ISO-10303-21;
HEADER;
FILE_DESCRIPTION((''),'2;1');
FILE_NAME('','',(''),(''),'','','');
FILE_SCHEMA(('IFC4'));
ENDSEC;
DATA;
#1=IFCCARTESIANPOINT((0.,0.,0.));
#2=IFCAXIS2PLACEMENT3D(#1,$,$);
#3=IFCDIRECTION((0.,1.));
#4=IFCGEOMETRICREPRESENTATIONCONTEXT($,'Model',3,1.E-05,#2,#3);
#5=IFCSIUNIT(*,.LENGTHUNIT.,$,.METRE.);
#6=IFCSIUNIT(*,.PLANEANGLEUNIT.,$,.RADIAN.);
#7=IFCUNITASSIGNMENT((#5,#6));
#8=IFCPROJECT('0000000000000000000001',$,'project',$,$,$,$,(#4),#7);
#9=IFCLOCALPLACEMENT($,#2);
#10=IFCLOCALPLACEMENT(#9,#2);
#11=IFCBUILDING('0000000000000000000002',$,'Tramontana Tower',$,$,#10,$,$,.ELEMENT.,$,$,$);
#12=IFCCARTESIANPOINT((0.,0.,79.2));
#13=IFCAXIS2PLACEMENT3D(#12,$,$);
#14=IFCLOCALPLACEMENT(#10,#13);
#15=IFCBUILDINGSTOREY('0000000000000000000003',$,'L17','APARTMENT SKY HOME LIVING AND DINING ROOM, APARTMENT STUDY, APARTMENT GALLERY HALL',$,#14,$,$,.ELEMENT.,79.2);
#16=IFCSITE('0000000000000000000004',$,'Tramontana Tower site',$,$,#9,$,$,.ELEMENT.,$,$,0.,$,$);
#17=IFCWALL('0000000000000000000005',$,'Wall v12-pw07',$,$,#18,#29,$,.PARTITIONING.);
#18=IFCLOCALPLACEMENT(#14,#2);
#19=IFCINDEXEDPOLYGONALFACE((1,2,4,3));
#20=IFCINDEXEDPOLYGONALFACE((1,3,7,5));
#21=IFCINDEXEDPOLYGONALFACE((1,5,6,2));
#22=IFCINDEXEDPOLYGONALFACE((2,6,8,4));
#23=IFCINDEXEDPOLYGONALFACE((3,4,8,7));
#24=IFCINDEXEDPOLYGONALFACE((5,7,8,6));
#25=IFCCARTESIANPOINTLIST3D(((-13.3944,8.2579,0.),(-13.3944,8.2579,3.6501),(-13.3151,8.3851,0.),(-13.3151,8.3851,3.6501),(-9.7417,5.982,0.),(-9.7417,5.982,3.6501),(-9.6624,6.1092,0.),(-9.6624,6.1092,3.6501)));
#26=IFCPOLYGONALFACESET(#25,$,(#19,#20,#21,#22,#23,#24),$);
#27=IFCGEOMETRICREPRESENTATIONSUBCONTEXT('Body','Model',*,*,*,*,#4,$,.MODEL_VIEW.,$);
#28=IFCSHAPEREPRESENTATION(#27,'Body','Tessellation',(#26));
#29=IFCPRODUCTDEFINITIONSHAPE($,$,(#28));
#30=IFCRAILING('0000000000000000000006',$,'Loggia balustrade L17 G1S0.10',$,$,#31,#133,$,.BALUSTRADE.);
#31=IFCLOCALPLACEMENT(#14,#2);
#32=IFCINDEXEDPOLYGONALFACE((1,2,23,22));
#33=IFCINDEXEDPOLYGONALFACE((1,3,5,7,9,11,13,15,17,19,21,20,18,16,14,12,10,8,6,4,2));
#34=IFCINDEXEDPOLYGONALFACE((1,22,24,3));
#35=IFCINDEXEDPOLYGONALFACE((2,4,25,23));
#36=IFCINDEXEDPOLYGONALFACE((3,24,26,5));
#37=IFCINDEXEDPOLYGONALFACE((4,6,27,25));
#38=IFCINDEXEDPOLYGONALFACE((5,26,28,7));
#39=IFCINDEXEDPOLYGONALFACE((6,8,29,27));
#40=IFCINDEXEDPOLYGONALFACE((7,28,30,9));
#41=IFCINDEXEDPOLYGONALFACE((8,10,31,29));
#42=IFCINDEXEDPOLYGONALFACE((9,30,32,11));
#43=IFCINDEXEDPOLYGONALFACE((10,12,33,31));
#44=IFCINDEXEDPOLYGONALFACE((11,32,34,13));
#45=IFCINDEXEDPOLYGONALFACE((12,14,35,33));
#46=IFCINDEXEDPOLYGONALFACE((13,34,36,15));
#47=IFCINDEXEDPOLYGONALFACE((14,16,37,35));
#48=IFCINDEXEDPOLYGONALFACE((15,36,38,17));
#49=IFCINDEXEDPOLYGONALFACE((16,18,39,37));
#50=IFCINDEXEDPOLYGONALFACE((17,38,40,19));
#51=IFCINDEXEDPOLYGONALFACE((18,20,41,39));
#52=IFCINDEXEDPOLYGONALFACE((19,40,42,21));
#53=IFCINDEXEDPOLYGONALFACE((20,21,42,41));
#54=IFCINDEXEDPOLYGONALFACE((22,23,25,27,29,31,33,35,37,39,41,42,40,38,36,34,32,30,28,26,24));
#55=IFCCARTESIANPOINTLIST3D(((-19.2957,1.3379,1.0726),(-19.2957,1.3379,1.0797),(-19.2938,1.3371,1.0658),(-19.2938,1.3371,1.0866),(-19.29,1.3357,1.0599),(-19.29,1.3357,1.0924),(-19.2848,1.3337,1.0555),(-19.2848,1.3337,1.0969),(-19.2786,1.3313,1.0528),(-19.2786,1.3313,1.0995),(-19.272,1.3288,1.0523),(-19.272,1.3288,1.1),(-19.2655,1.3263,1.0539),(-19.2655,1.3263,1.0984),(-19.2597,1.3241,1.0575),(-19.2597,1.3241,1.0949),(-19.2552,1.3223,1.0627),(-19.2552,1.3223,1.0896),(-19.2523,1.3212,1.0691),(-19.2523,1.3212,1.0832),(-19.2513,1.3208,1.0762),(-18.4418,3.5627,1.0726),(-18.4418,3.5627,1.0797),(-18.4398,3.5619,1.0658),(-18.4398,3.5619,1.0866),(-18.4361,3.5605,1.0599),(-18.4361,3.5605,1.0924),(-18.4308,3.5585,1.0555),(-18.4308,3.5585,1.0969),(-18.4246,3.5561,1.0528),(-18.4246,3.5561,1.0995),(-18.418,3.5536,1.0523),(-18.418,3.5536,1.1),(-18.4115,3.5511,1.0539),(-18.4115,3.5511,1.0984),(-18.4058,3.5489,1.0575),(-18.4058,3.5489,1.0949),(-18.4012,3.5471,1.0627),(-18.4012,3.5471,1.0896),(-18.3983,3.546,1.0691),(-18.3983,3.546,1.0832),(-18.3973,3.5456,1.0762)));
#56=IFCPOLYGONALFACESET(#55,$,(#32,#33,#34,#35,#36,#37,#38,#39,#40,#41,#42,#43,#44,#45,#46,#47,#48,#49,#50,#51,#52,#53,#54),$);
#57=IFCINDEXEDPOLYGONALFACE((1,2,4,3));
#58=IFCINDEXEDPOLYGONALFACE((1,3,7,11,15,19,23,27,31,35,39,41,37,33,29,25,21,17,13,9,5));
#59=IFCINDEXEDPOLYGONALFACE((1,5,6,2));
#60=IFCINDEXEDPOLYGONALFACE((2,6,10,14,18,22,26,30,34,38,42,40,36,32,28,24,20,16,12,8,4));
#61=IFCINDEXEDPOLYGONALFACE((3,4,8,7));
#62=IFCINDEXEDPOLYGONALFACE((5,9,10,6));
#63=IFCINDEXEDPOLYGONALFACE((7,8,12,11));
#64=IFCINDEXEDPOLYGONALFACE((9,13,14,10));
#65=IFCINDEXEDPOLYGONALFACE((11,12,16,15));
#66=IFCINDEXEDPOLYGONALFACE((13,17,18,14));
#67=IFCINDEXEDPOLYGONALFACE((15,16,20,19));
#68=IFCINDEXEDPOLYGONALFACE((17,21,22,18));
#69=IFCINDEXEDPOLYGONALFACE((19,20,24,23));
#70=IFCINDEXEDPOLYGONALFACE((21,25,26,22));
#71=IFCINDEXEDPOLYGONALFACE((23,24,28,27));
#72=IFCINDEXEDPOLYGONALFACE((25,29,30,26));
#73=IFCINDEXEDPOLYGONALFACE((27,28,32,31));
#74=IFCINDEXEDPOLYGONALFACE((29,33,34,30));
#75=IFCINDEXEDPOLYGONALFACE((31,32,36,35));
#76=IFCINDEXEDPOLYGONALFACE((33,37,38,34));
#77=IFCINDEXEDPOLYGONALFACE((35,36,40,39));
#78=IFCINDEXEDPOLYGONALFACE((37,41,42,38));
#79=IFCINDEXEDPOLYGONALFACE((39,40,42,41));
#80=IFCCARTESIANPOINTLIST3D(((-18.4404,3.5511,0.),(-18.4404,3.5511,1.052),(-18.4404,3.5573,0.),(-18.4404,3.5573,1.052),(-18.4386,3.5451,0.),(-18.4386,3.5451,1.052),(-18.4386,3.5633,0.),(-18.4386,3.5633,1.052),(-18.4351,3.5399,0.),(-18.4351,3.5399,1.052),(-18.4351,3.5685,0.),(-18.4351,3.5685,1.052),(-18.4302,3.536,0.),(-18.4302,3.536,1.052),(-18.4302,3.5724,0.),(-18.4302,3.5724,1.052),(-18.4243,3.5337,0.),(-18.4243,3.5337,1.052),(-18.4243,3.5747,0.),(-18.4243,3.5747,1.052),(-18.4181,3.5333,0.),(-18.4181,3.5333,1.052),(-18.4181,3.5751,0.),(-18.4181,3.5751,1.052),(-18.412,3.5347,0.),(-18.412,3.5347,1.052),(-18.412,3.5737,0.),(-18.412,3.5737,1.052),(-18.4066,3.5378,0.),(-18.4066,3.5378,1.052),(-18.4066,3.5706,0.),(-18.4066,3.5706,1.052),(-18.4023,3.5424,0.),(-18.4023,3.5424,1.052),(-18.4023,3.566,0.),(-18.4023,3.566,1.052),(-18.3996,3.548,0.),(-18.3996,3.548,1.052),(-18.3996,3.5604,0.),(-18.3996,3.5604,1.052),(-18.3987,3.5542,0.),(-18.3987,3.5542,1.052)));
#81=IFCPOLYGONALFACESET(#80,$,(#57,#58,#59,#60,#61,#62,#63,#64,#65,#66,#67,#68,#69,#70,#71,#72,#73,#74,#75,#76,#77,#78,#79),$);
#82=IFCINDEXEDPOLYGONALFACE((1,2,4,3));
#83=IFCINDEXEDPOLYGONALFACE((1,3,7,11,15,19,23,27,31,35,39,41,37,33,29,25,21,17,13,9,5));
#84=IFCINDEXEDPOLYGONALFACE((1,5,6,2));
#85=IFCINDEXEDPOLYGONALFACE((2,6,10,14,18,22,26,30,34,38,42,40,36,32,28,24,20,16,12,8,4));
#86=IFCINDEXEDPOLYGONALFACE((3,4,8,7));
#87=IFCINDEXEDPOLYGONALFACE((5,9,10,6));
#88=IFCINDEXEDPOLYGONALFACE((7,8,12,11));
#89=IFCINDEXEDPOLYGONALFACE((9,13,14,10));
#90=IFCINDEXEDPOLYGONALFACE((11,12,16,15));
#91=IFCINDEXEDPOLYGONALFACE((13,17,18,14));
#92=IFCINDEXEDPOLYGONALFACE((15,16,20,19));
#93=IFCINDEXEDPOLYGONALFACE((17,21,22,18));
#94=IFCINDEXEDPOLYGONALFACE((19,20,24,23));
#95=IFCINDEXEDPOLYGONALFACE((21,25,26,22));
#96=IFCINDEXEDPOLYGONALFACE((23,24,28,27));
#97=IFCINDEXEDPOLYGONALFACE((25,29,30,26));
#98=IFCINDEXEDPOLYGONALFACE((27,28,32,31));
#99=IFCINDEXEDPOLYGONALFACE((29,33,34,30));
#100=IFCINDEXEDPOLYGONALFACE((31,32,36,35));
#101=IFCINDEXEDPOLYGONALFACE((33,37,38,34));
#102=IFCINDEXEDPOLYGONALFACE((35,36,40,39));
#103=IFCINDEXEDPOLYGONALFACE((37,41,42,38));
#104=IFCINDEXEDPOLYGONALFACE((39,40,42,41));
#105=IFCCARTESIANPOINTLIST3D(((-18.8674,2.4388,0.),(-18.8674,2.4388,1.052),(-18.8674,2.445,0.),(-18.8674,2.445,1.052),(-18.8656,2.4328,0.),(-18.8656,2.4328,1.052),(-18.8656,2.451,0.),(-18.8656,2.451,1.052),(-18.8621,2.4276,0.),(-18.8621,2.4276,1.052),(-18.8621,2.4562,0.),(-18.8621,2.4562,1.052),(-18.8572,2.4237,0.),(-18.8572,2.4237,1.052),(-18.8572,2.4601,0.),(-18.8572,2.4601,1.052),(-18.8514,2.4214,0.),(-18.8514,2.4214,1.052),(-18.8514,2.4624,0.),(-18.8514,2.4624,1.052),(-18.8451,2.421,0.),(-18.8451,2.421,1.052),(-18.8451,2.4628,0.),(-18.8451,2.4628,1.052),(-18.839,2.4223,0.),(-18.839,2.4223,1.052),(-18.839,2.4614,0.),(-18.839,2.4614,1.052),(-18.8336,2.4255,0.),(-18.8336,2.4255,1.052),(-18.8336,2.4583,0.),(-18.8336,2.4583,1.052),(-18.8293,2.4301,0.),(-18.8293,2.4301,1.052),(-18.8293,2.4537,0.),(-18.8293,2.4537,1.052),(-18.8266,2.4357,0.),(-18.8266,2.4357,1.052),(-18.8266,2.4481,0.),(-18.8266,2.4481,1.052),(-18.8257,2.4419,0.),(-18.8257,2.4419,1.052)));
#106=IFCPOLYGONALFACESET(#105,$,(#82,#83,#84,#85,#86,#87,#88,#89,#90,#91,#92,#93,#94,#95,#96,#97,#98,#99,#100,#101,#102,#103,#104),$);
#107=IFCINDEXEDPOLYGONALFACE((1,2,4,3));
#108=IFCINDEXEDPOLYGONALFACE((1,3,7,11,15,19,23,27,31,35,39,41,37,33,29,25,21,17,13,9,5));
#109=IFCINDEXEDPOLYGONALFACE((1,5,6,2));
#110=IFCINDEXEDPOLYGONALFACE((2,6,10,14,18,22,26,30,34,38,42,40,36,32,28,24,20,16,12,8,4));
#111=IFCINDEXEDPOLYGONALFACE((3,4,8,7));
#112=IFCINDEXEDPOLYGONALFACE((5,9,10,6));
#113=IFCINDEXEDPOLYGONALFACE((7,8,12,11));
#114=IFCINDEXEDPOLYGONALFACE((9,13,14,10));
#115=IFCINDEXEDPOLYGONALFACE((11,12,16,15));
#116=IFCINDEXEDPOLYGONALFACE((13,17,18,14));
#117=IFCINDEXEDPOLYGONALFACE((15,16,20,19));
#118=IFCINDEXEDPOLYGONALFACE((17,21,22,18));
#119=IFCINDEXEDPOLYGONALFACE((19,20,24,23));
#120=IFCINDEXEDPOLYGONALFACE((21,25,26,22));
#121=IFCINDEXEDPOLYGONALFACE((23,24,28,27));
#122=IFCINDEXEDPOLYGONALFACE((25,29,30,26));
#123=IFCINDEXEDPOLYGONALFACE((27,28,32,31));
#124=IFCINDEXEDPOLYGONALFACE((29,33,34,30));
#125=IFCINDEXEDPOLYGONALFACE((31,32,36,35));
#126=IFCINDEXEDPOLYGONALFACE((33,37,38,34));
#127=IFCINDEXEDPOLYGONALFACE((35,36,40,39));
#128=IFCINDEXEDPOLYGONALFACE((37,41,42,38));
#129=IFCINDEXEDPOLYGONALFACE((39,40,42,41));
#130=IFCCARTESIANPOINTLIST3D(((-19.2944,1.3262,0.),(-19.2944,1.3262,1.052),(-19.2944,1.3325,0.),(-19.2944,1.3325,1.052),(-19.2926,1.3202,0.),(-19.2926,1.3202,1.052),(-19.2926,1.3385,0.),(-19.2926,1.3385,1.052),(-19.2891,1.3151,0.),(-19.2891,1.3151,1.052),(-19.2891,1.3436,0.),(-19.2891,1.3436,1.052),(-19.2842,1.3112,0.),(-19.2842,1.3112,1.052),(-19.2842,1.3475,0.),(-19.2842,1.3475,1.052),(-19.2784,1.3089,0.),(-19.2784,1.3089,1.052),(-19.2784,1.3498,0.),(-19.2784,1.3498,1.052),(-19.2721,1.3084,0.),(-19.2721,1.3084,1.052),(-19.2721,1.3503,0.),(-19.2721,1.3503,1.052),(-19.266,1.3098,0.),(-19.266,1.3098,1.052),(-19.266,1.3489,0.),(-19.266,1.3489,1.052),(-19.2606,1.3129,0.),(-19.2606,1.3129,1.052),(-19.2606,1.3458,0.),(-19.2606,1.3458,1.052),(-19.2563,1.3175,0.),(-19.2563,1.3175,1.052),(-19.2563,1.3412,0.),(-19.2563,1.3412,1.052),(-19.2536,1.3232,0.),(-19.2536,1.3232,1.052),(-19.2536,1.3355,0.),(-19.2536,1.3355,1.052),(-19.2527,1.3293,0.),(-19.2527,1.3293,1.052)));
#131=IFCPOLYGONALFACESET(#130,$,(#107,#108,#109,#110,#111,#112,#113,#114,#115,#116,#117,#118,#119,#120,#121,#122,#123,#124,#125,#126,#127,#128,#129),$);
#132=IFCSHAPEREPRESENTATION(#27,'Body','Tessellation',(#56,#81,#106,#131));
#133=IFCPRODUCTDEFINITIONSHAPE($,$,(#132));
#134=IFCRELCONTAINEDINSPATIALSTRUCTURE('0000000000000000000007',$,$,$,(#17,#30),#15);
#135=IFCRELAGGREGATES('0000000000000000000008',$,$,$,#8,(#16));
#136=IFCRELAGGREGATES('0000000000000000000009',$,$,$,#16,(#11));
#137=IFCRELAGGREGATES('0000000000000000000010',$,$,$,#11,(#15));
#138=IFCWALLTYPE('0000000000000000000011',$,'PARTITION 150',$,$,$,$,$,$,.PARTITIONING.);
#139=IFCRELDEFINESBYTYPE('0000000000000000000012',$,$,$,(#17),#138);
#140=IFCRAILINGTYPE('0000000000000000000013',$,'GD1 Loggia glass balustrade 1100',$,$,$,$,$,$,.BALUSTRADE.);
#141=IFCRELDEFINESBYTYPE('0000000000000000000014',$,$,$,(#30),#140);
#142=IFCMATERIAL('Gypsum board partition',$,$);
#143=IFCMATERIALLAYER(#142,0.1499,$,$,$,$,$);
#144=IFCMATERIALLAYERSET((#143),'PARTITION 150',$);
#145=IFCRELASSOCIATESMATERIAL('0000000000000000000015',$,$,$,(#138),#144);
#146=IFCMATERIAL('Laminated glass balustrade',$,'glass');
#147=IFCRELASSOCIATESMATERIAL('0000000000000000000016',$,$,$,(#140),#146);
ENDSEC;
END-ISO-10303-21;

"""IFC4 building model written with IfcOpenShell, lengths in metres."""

from ifc_helpers import new_model, si_unit, direction, frame, frame_2d, origin, origin_2d, place, context, subcontext, project, spatial, rectangle, circle, extrude, material, layer, layer_set, type_object, element, save


model = new_model("IFC4")

# Units and contexts
model_context = context("Model", 3, precision=1e-05, world=origin(), true_north=direction((0.0, 1.0)))
body_context = subcontext(model_context, "Body", "Model", "MODEL_VIEW")
ifc_project = project(units=[si_unit("LENGTHUNIT", "METRE"), si_unit("PLANEANGLEUNIT", "RADIAN")], contexts=[model_context])

# Site, building, storey
site_placement = place(None, origin())
site = spatial("IfcSite", under=ifc_project, at=site_placement, Name="Tramontana Tower site", CompositionType="ELEMENT", RefElevation=0.0)
building_placement = place(site_placement, origin())
building = spatial("IfcBuilding", under=site, at=building_placement, Name="Tramontana Tower", CompositionType="ELEMENT")
storey_placement = place(building_placement, frame((0.0, 0.0, 79.2)))
storey = spatial("IfcBuildingStorey", under=building, at=storey_placement, Name="L17", Description="APARTMENT SKY HOME LIVING AND DINING ROOM, APARTMENT STUDY, APARTMENT GALLERY HALL", CompositionType="ELEMENT", Elevation=79.2)

# Shared definitions
ifc_material_1 = material(Name="Gypsum board partition")
ifc_layer_1 = layer(ifc_material_1, 0.1499)
ifc_layer_set_1 = layer_set([ifc_layer_1], Name="PARTITION 150")
wall_type_1 = type_object("IfcWallType", Name="PARTITION 150", PredefinedType="PARTITIONING", material=ifc_layer_set_1)

# Wall
wall_1_placement = place(storey_placement, frame((-13.3547, 8.3215, 0.0), z_axis=(0.0, 0.0, 1.0), x_axis=(0.848727, -0.528831, 0.0)))
element("IfcWall", 1, at=wall_1_placement, inside=storey, type_object=wall_type_1, Name="Wall v12-pw07", PredefinedType="PARTITIONING", context=body_context, shape_type="SweptSolid", body=[
    extrude(rectangle(XDim=4.3037, YDim=0.1499, at=frame_2d((2.1519, 0.0))), origin(), (0.0, 0.0, 1.0), 3.6501),
])

# Railing
ifc_material_2 = material(Name="Laminated glass balustrade", Category="glass")
railing_type = type_object("IfcRailingType", Name="GD1 Loggia glass balustrade 1100", PredefinedType="BALUSTRADE", material=ifc_material_2)
railing_placement = place(storey_placement, frame((-18.4197, 3.5542, 0.0)))
element("IfcRailing", 2, at=railing_placement, inside=storey, type_object=railing_type, Name="Loggia balustrade L17 G1S0.10", PredefinedType="BALUSTRADE", context=body_context, shape_type="SweptSolid", body=[
    extrude(circle(Radius=0.0239, at=origin_2d()), frame((0.0, 0.0, 1.0762), z_axis=(-0.358354, -0.933586, 0.0), x_axis=(0.933586, -0.358354, 0.0)), (0.0, 0.0, 1.0), 2.3831),
    extrude(circle(Radius=0.021, at=origin_2d()), origin(), (0.0, 0.0, 1.0), 1.052),
    extrude(circle(Radius=0.021, at=origin_2d()), frame((-0.427, -1.1123, 0.0)), (0.0, 0.0, 1.0), 1.052),
    extrude(circle(Radius=0.021, at=origin_2d()), frame((-0.854, -2.2249, 0.0)), (0.0, 0.0, 1.0), 1.052),
])

save(model, "model.ifc")
